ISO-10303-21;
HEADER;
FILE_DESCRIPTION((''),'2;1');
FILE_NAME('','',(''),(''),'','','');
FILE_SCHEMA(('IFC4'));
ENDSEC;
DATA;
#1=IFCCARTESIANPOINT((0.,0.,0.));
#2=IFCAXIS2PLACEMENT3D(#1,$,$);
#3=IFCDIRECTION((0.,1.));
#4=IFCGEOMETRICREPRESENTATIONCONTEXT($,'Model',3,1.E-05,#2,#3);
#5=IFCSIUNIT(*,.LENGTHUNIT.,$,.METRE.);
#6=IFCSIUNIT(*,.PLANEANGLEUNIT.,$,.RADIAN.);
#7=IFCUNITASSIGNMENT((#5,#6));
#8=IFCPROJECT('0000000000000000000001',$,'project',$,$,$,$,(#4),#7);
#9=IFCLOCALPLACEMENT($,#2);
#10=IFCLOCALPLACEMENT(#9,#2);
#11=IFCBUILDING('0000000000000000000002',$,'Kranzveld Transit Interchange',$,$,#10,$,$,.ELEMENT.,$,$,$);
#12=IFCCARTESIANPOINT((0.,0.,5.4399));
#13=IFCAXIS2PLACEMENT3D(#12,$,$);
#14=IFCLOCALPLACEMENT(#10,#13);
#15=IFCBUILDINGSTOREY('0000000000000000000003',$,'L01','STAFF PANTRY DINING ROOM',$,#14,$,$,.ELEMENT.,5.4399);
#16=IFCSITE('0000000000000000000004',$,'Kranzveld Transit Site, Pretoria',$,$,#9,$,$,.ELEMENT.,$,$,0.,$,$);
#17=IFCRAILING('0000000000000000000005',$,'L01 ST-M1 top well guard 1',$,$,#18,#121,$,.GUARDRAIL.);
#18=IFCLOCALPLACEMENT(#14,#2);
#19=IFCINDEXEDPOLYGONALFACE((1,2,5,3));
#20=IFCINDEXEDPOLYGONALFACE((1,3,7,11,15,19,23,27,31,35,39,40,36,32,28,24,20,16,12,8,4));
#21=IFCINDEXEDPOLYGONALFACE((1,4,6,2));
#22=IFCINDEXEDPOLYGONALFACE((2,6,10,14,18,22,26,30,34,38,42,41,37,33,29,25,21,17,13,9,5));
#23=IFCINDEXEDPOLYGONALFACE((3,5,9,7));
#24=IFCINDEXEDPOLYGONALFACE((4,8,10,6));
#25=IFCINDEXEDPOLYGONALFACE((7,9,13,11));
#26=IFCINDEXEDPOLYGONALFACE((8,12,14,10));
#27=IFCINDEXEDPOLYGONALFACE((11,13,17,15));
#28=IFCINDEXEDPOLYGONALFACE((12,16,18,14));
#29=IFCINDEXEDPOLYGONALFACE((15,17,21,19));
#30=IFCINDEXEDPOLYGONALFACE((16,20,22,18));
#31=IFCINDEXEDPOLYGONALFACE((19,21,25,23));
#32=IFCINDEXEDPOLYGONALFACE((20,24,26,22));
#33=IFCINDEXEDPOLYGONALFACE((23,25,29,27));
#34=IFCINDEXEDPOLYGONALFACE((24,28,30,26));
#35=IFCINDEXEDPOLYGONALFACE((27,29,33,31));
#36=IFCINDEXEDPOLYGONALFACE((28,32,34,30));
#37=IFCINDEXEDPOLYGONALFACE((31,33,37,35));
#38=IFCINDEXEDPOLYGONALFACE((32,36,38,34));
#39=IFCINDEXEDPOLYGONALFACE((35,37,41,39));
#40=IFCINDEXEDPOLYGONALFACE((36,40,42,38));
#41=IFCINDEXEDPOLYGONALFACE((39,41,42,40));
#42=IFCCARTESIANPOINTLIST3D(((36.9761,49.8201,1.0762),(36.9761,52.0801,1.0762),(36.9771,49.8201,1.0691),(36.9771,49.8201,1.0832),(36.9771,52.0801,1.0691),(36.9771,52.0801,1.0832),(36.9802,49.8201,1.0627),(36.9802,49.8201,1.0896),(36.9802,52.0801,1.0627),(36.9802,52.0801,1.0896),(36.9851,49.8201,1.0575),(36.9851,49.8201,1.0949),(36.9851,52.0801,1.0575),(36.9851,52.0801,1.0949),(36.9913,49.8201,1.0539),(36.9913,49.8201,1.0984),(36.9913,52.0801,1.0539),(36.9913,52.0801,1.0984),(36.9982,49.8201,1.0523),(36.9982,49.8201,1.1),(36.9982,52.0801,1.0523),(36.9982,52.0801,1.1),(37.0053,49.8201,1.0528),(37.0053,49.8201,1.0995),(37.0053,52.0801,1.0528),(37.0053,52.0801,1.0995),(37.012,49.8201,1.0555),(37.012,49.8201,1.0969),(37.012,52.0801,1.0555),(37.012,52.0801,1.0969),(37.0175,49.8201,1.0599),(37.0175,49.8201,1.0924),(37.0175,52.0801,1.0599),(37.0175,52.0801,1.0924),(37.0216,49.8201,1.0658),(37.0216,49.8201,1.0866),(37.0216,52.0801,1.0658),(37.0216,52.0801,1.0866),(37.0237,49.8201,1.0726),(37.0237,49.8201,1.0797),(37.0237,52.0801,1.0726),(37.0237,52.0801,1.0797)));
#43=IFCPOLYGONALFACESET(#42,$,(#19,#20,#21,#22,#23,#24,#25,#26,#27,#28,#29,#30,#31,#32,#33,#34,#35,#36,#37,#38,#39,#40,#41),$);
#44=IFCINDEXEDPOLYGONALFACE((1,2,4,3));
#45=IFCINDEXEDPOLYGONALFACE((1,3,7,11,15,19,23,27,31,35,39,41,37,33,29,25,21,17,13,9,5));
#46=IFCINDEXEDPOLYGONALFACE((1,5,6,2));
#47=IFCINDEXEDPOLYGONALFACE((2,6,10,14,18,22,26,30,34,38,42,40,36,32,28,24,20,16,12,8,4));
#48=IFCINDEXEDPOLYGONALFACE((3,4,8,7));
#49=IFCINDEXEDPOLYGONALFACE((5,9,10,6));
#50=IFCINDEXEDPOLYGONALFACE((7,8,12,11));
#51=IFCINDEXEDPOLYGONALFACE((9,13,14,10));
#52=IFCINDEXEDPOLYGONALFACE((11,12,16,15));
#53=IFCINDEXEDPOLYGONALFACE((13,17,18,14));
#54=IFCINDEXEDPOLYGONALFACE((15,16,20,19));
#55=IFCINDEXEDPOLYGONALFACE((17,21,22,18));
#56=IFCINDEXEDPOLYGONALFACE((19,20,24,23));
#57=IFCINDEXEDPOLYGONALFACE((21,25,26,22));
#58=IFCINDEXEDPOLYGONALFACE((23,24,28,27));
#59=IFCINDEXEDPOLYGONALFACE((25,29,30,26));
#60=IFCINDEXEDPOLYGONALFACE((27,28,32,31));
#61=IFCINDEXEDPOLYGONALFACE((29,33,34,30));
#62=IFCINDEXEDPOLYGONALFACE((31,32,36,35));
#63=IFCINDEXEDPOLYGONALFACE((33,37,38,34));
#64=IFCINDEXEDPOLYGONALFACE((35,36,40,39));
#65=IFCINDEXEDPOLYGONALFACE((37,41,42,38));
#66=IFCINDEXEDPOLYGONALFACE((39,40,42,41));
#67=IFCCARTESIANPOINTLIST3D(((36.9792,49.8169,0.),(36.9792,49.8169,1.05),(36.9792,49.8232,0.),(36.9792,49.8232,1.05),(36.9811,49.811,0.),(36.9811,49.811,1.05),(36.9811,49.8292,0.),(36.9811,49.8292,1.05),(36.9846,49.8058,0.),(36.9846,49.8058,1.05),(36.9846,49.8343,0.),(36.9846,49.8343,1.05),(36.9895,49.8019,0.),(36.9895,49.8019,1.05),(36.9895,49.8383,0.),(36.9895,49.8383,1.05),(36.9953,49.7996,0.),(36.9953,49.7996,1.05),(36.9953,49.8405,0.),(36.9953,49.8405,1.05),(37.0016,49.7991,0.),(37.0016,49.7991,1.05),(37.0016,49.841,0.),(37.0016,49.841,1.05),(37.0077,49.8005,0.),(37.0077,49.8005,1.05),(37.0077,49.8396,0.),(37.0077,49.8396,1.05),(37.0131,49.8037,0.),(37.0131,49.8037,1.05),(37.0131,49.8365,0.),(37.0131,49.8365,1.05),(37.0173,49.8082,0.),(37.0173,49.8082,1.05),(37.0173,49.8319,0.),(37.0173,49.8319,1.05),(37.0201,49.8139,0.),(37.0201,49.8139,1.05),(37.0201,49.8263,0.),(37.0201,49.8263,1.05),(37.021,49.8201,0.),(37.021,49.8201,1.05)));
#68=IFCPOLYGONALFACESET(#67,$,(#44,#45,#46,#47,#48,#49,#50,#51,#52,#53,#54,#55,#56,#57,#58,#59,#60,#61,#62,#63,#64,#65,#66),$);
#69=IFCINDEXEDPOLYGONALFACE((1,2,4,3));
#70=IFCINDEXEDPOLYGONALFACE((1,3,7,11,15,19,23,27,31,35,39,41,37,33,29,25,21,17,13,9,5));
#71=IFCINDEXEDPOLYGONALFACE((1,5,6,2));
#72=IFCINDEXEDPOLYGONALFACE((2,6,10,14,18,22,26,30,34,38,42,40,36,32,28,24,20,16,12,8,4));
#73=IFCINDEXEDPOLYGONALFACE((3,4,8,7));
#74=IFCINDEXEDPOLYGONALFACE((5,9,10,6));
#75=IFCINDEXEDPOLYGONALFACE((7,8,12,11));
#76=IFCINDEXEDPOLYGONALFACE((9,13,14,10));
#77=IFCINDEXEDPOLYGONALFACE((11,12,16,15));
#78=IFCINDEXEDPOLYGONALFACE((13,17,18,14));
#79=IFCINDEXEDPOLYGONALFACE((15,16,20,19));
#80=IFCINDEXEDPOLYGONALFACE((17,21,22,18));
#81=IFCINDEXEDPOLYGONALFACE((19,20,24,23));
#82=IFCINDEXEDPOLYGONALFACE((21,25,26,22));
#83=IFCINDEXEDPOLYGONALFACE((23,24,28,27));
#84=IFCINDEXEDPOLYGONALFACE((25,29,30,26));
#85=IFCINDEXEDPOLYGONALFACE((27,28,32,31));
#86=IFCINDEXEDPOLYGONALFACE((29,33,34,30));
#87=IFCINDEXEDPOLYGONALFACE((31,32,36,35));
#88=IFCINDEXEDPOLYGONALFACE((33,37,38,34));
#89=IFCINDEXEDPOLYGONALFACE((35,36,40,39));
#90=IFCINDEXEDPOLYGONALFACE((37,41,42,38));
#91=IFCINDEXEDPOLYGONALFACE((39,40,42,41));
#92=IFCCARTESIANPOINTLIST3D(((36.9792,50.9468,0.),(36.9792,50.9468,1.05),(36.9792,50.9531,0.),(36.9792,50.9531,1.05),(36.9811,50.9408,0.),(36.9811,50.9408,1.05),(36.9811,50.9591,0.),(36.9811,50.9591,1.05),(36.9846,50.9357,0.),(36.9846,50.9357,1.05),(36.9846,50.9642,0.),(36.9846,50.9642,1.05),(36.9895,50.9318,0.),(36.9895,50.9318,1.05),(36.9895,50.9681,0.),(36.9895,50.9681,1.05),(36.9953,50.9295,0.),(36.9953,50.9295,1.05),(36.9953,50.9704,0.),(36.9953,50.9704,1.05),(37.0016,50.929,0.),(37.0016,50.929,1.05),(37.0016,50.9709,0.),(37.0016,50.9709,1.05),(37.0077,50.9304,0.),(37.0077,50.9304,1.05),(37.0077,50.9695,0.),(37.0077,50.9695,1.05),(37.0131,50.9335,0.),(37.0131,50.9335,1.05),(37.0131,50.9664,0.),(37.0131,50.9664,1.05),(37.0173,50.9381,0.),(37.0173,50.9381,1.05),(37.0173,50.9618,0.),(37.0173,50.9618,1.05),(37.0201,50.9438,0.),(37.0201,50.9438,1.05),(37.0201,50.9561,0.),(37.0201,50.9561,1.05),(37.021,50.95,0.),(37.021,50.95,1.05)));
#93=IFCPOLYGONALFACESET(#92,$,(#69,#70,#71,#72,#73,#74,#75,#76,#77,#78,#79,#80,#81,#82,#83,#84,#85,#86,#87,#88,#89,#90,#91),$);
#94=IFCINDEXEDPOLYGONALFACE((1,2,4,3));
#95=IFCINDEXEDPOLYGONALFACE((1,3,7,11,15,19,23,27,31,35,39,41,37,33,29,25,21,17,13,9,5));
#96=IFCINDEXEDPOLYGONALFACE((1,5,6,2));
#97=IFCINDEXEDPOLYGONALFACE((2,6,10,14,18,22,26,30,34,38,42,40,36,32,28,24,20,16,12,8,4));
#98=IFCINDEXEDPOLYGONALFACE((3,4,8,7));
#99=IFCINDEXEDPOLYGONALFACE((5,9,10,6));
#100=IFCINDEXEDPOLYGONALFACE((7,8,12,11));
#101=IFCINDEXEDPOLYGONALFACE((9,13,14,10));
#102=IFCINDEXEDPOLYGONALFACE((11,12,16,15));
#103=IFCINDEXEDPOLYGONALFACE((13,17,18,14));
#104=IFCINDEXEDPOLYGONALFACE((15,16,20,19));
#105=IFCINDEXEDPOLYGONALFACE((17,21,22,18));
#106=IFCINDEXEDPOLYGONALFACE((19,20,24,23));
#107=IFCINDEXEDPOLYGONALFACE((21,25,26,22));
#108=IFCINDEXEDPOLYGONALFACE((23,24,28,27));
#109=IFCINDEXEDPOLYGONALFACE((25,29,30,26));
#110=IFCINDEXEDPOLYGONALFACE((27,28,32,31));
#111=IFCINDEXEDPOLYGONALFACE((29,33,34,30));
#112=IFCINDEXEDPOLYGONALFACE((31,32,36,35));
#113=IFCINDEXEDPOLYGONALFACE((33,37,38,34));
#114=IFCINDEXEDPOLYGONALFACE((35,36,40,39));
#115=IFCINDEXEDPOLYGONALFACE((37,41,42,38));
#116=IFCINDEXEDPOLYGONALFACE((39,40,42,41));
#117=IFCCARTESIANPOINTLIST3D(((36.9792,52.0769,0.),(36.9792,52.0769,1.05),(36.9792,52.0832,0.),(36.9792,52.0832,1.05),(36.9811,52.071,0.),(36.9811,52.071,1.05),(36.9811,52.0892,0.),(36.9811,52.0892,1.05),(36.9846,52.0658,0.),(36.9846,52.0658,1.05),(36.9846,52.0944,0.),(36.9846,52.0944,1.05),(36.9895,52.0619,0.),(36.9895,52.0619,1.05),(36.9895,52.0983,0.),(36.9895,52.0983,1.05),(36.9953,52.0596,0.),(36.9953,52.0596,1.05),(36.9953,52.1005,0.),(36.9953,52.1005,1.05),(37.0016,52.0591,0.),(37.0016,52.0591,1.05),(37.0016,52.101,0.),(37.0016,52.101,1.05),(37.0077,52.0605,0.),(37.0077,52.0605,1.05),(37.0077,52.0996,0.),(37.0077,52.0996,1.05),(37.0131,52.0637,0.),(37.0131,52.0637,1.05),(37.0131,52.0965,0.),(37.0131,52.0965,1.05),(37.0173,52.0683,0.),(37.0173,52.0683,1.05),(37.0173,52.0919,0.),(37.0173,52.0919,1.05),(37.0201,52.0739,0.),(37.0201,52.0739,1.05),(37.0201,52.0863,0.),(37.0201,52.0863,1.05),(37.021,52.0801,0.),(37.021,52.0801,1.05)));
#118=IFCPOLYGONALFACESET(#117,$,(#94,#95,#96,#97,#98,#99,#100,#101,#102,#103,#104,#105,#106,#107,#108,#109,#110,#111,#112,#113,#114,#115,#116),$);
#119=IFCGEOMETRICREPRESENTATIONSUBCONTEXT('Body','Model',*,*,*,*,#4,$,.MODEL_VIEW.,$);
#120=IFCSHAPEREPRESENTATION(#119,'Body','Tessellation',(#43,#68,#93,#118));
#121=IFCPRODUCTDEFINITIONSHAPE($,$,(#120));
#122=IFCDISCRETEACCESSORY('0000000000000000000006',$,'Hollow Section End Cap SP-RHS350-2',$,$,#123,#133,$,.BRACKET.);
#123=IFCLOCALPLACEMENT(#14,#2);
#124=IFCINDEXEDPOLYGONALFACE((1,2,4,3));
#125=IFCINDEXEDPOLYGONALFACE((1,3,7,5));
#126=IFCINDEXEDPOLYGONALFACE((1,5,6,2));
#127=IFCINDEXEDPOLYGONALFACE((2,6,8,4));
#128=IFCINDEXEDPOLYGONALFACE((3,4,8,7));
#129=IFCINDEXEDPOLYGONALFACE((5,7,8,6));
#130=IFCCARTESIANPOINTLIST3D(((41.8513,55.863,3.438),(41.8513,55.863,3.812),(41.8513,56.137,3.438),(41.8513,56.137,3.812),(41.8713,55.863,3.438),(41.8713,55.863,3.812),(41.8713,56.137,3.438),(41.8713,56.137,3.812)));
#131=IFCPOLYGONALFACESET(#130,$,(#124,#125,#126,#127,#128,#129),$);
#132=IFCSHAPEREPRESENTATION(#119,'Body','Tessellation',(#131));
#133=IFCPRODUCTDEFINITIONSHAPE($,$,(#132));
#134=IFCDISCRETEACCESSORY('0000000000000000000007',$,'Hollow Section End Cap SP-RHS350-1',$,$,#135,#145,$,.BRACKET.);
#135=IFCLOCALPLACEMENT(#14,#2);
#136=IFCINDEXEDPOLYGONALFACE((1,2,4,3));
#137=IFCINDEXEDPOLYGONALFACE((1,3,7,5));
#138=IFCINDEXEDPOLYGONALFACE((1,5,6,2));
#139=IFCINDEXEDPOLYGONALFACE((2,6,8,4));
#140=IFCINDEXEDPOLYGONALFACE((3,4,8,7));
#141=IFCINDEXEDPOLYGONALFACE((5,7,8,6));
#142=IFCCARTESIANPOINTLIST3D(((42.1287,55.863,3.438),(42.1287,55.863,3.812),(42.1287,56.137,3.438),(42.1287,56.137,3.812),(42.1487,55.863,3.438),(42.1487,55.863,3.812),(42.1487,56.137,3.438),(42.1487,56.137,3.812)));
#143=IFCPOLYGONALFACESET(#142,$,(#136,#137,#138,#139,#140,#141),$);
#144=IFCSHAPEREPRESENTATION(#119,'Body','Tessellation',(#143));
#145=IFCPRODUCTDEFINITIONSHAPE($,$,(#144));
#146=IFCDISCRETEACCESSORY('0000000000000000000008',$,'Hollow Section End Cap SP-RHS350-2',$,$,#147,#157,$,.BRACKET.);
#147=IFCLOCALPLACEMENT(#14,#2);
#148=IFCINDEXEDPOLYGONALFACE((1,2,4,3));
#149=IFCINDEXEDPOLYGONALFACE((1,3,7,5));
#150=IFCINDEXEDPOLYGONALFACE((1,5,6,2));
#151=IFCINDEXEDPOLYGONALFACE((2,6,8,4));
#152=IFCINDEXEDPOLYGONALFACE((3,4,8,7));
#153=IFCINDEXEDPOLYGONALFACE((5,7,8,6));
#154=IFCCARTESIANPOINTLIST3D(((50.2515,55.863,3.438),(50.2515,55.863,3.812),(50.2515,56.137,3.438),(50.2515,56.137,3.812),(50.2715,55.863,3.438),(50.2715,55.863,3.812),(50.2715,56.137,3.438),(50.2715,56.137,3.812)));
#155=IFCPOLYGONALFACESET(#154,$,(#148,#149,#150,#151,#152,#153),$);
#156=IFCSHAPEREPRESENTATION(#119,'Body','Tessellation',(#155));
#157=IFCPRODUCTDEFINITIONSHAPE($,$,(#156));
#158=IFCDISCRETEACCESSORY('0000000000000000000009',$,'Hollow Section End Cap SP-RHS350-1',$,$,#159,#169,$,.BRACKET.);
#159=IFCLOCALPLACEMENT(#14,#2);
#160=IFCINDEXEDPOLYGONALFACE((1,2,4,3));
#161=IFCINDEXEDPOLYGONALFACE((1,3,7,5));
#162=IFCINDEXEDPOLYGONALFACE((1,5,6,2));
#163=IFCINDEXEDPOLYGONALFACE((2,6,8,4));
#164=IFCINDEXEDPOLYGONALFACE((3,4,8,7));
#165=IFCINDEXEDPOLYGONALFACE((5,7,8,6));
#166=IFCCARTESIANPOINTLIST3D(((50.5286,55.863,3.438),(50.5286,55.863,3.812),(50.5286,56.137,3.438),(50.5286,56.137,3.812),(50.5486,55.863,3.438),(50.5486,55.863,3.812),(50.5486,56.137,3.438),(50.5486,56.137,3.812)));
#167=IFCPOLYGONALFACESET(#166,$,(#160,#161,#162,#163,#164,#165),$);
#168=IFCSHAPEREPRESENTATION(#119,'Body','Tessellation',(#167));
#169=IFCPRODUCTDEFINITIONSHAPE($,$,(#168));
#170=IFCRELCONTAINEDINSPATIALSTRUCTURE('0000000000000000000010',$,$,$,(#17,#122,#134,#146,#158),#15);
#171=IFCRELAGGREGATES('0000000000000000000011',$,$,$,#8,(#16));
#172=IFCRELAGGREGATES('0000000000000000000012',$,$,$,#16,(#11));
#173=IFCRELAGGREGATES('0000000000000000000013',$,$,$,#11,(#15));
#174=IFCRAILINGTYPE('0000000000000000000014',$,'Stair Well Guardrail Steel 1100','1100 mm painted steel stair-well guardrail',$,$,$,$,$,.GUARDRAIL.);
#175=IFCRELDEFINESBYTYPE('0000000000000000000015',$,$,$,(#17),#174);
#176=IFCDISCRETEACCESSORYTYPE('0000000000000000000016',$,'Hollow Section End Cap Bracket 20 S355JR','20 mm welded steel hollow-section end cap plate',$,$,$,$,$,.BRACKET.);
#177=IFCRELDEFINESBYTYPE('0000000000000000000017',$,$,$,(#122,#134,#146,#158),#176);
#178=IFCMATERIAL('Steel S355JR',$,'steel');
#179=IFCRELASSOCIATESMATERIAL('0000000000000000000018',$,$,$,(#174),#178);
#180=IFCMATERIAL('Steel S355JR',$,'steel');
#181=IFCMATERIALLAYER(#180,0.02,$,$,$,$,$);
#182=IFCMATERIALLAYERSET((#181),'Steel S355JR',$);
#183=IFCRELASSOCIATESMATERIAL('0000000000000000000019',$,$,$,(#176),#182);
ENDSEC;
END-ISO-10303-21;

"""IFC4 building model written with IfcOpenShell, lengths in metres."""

from ifc_helpers import new_model, si_unit, direction, frame, origin, origin_2d, place, context, subcontext, project, spatial, rectangle, circle, extrude, material, layer, layer_set, type_object, element, save


model = new_model("IFC4")

# Units and contexts
model_context = context("Model", 3, precision=1e-05, world=origin(), true_north=direction((0.0, 1.0)))
body_context = subcontext(model_context, "Body", "Model", "MODEL_VIEW")
ifc_project = project(units=[si_unit("LENGTHUNIT", "METRE"), si_unit("PLANEANGLEUNIT", "RADIAN")], contexts=[model_context])

# Site, building, storey
site_placement = place(None, origin())
site = spatial("IfcSite", under=ifc_project, at=site_placement, Name="Kranzveld Transit Site, Pretoria", CompositionType="ELEMENT", RefElevation=0.0)
building_placement = place(site_placement, origin())
building = spatial("IfcBuilding", under=site, at=building_placement, Name="Kranzveld Transit Interchange", CompositionType="ELEMENT")
storey_placement = place(building_placement, frame((0.0, 0.0, 5.4399)))
storey = spatial("IfcBuildingStorey", under=building, at=storey_placement, Name="L01", Description="STAFF PANTRY DINING ROOM", CompositionType="ELEMENT", Elevation=5.4399)

# Railing
ifc_material_1 = material(Name="Steel S355JR", Category="steel")
railing_type = type_object("IfcRailingType", Name="Stair Well Guardrail Steel 1100", Description="1100 mm painted steel stair-well guardrail", PredefinedType="GUARDRAIL", material=ifc_material_1)
railing_placement = place(storey_placement, frame((37.0, 49.8201, 0.0)))
element("IfcRailing", 1, at=railing_placement, inside=storey, type_object=railing_type, Name="L01 ST-M1 top well guard 1", PredefinedType="GUARDRAIL", context=body_context, shape_type="SweptSolid", body=[
    extrude(circle(Radius=0.0239, at=origin_2d()), frame((0.0, 0.0, 1.0762), z_axis=(0.0, 1.0, 0.0), x_axis=(-1.0, 0.0, 0.0)), (0.0, 0.0, 1.0), 2.26),
    extrude(circle(Radius=0.021, at=origin_2d()), origin(), (0.0, 0.0, 1.0), 1.05),
    extrude(circle(Radius=0.021, at=origin_2d()), frame((0.0, 1.1299, 0.0)), (0.0, 0.0, 1.0), 1.05),
    extrude(circle(Radius=0.021, at=origin_2d()), frame((0.0, 2.26, 0.0)), (0.0, 0.0, 1.0), 1.05),
])

# Discrete accessories
ifc_material_2 = material(Name="Steel S355JR", Category="steel")
ifc_layer_1 = layer(ifc_material_2, 0.02)
ifc_layer_set_1 = layer_set([ifc_layer_1], Name="Steel S355JR")
discrete_accessory_type = type_object("IfcDiscreteAccessoryType", Name="Hollow Section End Cap Bracket 20 S355JR", Description="20 mm welded steel hollow-section end cap plate", PredefinedType="BRACKET", material=ifc_layer_set_1)
for number, where, z_axis, x_axis, name in (
    (2, (41.8513, 56.0, 3.625), (1.0, 0.0, 0.0), (0.0, 1.0, 0.0), "Hollow Section End Cap SP-RHS350-2"),
    (3, (42.1487, 56.0, 3.625), (-1.0, 0.0, 0.0), (0.0, -1.0, 0.0), "Hollow Section End Cap SP-RHS350-1"),
    (4, (50.2515, 56.0, 3.625), (1.0, 0.0, 0.0), (0.0, 1.0, 0.0), "Hollow Section End Cap SP-RHS350-2"),
    (5, (50.5486, 56.0, 3.625), (-1.0, 0.0, 0.0), (0.0, -1.0, 0.0), "Hollow Section End Cap SP-RHS350-1"),
):
    element("IfcDiscreteAccessory", number, at=place(storey_placement, frame(where, z_axis=z_axis, x_axis=x_axis)), inside=storey, type_object=discrete_accessory_type, Name=name, PredefinedType="BRACKET", context=body_context, shape_type="SweptSolid", body=[
        extrude(rectangle(XDim=0.2739, YDim=0.374, at=origin_2d()), origin(), (0.0, 0.0, 1.0), 0.02),
    ])

save(model, "model.ifc")
